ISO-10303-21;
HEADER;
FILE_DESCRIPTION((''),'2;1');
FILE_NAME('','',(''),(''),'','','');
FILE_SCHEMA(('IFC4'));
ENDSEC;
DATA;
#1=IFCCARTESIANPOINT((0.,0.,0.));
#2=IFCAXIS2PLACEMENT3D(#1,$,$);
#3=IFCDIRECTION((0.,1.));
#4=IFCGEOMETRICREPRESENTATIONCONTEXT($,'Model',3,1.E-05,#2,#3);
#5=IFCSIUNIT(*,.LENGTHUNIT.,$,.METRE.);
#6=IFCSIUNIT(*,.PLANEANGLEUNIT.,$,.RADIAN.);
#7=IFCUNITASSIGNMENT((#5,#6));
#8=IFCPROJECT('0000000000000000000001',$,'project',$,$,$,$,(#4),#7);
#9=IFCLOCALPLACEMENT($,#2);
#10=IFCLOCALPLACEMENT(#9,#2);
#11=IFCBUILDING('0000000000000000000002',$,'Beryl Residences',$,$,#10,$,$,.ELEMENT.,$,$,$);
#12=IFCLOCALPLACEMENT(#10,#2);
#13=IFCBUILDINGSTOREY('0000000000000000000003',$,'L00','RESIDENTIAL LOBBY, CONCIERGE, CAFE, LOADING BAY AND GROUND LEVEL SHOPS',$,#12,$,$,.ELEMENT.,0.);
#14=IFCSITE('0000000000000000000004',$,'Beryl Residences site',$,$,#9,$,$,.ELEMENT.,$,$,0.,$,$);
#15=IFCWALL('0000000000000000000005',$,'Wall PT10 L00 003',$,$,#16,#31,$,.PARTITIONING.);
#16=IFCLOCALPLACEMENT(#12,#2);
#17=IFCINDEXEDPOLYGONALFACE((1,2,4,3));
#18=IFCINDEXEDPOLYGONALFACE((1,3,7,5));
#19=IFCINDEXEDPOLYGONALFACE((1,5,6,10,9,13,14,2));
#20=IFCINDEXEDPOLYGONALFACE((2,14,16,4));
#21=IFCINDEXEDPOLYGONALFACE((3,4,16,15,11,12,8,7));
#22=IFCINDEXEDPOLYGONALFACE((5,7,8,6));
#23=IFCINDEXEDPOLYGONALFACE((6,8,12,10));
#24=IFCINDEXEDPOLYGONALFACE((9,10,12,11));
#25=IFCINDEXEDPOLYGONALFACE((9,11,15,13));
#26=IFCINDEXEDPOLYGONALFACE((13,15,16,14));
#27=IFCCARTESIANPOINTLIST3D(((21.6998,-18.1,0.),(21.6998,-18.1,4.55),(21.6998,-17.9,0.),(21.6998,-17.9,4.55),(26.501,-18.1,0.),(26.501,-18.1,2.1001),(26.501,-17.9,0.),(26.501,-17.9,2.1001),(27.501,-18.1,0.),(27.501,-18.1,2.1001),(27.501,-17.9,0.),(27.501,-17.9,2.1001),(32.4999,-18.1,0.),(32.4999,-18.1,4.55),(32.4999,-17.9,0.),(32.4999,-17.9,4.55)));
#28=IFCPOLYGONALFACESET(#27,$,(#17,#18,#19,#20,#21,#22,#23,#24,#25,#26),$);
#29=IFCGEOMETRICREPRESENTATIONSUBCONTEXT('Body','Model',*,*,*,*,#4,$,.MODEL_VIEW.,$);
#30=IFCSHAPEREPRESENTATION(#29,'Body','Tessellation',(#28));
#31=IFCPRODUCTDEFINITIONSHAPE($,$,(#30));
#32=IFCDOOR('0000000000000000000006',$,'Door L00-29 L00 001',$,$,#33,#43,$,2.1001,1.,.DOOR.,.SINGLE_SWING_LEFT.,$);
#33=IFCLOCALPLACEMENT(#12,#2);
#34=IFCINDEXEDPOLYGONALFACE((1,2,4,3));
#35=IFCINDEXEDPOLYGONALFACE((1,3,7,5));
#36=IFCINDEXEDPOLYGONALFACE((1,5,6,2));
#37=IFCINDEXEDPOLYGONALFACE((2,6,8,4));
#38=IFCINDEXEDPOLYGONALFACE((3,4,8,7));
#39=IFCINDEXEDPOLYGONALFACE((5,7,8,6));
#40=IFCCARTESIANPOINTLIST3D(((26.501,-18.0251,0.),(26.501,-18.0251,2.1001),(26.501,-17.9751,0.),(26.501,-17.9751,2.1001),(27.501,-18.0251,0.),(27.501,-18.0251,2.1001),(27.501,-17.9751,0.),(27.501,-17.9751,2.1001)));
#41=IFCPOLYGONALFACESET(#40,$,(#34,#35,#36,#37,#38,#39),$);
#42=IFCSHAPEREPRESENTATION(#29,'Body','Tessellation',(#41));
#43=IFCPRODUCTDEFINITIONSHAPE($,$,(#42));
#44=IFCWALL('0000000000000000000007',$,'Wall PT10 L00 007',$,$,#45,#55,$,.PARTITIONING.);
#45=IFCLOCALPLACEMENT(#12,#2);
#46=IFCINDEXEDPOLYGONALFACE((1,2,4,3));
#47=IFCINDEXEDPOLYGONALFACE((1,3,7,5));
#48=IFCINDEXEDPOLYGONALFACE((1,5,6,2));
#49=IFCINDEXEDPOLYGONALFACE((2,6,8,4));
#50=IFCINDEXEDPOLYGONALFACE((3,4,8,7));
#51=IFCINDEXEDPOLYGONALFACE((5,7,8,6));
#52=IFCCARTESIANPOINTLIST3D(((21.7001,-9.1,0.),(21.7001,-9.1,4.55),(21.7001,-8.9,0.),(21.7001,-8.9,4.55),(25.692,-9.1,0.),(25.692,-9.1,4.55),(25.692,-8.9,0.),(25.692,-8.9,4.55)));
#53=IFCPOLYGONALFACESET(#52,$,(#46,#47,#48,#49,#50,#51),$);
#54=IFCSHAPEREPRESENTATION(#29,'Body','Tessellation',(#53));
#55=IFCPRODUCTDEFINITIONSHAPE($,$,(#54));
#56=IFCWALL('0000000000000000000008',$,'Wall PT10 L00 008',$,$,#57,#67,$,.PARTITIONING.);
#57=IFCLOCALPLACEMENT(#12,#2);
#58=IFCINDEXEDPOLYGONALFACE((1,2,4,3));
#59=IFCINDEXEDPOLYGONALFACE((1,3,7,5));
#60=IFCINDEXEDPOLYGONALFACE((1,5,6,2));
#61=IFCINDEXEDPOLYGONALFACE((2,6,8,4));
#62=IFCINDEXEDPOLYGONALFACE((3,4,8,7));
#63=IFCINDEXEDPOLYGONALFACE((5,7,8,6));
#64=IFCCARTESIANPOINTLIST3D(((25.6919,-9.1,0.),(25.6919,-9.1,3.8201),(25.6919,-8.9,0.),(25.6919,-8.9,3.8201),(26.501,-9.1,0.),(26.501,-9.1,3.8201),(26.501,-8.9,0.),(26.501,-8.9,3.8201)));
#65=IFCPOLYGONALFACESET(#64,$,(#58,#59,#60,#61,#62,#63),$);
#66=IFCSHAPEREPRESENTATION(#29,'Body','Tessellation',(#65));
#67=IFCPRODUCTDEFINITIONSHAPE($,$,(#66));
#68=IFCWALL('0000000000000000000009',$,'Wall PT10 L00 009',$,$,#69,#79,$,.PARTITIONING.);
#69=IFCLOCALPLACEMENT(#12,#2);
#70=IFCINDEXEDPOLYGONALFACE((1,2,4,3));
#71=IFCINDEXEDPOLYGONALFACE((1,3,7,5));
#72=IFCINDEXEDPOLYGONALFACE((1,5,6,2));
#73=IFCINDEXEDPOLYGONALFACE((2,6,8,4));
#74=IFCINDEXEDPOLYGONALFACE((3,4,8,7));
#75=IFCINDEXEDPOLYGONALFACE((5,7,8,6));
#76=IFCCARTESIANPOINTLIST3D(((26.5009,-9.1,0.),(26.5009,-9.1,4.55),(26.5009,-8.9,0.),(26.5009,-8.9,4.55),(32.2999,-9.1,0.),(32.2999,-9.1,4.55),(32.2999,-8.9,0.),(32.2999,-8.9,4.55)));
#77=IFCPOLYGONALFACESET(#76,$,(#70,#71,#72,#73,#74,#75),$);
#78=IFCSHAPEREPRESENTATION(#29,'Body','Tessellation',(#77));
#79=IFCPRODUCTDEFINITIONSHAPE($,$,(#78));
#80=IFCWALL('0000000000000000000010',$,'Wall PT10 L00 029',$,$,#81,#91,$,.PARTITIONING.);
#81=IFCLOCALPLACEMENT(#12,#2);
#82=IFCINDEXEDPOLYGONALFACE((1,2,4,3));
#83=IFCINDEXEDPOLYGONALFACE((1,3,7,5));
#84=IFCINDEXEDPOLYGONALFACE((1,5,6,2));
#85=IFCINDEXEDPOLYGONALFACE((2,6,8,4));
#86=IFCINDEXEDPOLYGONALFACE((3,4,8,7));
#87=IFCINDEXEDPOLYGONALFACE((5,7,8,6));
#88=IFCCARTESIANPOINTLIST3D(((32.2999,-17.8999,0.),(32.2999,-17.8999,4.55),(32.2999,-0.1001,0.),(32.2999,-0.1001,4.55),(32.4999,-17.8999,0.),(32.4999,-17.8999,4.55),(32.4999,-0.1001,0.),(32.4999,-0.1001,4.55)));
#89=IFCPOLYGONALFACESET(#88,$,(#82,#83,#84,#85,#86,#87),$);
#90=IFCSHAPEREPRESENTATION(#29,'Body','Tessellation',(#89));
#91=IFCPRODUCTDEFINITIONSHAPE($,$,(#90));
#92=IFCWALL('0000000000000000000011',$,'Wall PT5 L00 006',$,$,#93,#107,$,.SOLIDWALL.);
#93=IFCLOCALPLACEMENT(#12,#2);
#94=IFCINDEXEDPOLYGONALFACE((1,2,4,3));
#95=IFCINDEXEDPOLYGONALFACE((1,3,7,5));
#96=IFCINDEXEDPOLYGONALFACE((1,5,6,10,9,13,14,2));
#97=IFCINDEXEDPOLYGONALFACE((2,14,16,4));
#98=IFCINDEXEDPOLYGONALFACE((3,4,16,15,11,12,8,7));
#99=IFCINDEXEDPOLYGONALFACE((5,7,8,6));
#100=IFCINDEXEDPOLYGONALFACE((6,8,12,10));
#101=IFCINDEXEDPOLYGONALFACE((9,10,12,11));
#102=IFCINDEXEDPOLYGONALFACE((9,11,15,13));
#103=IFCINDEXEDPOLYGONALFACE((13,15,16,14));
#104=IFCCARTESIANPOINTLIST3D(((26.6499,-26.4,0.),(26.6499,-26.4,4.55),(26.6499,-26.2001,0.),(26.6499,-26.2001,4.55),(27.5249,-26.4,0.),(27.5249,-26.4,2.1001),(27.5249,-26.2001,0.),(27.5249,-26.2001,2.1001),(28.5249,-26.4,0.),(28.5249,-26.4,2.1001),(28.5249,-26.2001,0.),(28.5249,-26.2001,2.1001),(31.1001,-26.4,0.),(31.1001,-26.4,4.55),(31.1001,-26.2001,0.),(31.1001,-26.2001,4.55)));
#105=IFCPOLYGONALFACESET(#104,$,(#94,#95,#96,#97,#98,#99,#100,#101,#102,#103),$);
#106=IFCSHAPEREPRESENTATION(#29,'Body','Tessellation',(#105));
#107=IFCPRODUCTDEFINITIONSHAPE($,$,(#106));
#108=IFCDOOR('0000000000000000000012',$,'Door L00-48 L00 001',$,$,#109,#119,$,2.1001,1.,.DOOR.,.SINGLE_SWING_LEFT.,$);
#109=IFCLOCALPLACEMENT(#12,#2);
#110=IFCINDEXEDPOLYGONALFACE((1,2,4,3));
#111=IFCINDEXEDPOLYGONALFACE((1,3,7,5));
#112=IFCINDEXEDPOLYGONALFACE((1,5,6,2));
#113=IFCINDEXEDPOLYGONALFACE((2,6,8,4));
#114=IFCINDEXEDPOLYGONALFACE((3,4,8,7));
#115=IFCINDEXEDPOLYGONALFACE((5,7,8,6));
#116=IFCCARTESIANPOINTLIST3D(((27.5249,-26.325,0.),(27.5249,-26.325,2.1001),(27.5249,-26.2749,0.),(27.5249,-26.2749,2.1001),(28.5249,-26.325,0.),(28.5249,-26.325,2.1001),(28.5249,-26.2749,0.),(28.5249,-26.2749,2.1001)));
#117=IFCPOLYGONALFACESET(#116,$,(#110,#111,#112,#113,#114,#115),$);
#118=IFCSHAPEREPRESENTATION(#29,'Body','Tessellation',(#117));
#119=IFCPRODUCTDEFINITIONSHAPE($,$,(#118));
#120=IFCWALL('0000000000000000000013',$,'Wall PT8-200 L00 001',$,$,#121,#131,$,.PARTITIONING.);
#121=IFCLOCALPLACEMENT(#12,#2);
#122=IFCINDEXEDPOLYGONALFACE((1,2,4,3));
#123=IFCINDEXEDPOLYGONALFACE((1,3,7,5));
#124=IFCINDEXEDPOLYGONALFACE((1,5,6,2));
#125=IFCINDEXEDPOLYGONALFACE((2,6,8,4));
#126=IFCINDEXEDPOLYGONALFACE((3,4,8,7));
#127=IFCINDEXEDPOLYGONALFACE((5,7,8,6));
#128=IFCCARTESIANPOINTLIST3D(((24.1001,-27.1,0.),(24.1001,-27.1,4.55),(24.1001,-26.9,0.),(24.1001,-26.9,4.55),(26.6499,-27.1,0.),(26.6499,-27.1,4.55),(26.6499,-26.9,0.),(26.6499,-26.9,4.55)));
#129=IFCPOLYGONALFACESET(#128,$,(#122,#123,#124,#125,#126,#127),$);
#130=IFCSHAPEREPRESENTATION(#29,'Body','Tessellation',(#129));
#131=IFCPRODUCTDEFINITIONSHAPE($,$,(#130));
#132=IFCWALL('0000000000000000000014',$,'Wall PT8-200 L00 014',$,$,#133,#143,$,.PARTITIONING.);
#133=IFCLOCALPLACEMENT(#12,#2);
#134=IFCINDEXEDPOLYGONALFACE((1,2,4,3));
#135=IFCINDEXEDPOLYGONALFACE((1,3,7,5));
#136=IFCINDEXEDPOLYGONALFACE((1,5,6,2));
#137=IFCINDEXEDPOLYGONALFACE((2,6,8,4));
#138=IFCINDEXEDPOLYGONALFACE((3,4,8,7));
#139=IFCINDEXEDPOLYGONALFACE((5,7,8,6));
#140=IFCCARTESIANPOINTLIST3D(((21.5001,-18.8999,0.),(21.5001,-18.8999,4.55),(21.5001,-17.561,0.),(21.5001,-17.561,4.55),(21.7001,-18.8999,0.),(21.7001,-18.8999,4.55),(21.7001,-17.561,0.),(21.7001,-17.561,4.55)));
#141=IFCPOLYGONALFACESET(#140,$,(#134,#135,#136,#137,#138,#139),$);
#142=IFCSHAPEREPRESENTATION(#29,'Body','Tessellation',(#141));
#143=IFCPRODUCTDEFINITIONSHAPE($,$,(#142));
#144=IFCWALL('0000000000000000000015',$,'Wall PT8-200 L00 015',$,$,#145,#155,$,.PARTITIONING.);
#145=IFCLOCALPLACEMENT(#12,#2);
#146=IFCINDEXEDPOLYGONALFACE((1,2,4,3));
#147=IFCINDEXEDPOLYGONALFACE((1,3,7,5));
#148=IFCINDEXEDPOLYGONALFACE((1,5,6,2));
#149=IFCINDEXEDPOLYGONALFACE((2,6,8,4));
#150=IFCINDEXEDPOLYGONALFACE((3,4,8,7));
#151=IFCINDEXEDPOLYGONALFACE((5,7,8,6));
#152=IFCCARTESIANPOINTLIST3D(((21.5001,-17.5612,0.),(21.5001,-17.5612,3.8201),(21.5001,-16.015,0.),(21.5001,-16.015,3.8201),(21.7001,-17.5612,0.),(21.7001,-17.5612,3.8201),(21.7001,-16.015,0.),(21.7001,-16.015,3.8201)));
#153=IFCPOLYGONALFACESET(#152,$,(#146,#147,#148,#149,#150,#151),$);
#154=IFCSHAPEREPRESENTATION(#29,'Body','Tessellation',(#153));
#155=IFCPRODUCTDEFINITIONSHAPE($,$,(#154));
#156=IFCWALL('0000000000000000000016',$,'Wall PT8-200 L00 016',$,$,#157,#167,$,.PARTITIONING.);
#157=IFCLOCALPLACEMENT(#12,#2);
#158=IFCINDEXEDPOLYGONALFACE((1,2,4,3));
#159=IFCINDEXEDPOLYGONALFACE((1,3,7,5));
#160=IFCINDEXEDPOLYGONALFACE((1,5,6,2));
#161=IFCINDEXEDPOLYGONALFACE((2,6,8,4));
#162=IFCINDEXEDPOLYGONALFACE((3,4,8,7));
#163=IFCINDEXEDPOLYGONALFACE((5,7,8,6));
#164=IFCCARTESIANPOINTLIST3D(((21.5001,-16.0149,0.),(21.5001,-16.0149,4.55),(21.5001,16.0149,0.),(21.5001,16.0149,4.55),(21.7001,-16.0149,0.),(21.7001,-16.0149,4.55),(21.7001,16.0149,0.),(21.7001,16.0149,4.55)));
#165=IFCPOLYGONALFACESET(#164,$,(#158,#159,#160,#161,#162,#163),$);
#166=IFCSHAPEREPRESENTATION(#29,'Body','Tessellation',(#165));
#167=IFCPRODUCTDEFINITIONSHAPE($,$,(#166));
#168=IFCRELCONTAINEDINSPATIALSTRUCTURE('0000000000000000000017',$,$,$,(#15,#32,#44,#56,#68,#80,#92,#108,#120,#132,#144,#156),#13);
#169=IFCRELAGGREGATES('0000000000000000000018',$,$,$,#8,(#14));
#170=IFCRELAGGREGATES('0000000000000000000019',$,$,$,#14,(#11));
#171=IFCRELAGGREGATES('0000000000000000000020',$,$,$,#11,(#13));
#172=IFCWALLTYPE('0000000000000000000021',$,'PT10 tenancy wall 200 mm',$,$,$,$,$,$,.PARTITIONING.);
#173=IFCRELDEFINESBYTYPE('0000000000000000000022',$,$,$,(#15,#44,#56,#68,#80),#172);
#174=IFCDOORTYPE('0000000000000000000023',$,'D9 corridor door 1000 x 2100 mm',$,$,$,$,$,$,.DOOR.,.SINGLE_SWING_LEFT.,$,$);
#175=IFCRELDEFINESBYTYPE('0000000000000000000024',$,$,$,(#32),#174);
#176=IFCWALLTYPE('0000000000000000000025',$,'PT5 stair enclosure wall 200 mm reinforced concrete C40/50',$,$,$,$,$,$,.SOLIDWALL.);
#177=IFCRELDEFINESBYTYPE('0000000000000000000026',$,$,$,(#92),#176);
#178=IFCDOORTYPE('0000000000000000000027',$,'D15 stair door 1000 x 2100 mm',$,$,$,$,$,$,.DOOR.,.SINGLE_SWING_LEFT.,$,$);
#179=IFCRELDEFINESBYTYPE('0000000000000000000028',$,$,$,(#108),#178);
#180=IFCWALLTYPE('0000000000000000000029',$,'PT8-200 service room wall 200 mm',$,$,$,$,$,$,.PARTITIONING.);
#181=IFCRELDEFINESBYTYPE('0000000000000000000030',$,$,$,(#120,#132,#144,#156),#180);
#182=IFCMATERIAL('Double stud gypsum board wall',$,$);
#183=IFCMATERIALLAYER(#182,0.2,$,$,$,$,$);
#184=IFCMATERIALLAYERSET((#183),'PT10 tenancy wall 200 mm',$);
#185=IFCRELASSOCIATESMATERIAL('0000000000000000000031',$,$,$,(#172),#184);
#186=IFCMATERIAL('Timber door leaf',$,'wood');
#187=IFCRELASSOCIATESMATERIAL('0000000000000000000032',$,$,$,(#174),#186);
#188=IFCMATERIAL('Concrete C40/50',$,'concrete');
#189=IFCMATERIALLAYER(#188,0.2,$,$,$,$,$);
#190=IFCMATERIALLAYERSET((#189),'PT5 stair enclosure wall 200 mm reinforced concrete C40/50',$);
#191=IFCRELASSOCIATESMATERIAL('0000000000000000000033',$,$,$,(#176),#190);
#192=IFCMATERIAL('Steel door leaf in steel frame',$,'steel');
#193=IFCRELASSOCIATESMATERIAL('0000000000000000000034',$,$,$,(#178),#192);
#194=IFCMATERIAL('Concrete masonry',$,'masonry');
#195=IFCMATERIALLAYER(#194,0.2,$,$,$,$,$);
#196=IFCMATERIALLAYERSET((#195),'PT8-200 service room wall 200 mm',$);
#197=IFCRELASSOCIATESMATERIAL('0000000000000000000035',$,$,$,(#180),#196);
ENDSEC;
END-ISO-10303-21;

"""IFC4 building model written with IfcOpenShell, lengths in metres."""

from ifc_helpers import new_model, si_unit, direction, frame, frame_2d, origin, place, context, subcontext, project, spatial, rectangle, extrude, material, layer, layer_set, type_object, element, fill, save


model = new_model("IFC4")

# Units and contexts
model_context = context("Model", 3, precision=1e-05, world=origin(), true_north=direction((0.0, 1.0)))
body_context = subcontext(model_context, "Body", "Model", "MODEL_VIEW")
ifc_project = project(units=[si_unit("LENGTHUNIT", "METRE"), si_unit("PLANEANGLEUNIT", "RADIAN")], contexts=[model_context])

# Site, building, storey
site_placement = place(None, origin())
site = spatial("IfcSite", under=ifc_project, at=site_placement, Name="Beryl Residences site", CompositionType="ELEMENT", RefElevation=0.0)
building_placement = place(site_placement, origin())
building = spatial("IfcBuilding", under=site, at=building_placement, Name="Beryl Residences", CompositionType="ELEMENT")
storey_placement = place(building_placement, origin())
storey = spatial("IfcBuildingStorey", under=building, at=storey_placement, Name="L00", Description="RESIDENTIAL LOBBY, CONCIERGE, CAFE, LOADING BAY AND GROUND LEVEL SHOPS", CompositionType="ELEMENT", Elevation=0.0)

# Wall, opening, door
ifc_material_1 = material(Name="Double stud gypsum board wall")
ifc_layer_1 = layer(ifc_material_1, 0.2)
ifc_layer_set_1 = layer_set([ifc_layer_1], Name="PT10 tenancy wall 200 mm")
wall_type_1 = type_object("IfcWallType", Name="PT10 tenancy wall 200 mm", PredefinedType="PARTITIONING", material=ifc_layer_set_1)
wall_1_placement = place(storey_placement, frame((21.7, -18.0, 0.0), z_axis=(0.0, 0.0, 1.0), x_axis=(1.0, 0.0, 0.0)))
wall_1 = element("IfcWall", 1, at=wall_1_placement, inside=storey, type_object=wall_type_1, Name="Wall PT10 L00 003", PredefinedType="PARTITIONING", context=body_context, shape_type="SweptSolid", body=[
    extrude(rectangle(XDim=10.8, YDim=0.2, at=frame_2d((5.3999, 0.0))), origin(), (0.0, 0.0, 1.0), 4.55),
])
opening_1_placement = place(wall_1_placement, frame((4.801, 0.0, 0.0)))
opening_1 = element("IfcOpeningElement", 2, at=opening_1_placement, cuts=wall_1, PredefinedType="OPENING", context=body_context, shape_type="SweptSolid", body=[
    extrude(rectangle(XDim=1.0, YDim=2.1001, at=frame_2d((0.5, 1.05))), frame((0.0, 0.1099, 0.0), z_axis=(0.0, -1.0, 0.0), x_axis=(1.0, 0.0, 0.0)), (0.0, 0.0, 1.0), 0.22),
])
ifc_material_2 = material(Name="Timber door leaf", Category="wood")
door_type_1 = type_object("IfcDoorType", Name="D9 corridor door 1000 x 2100 mm", OperationType="SINGLE_SWING_LEFT", PredefinedType="DOOR", material=ifc_material_2)
door_1_placement = place(opening_1_placement, origin())
door_1 = element("IfcDoor", 3, at=door_1_placement, inside=storey, type_object=door_type_1, Name="Door L00-29 L00 001", OperationType="SINGLE_SWING_LEFT", OverallHeight=2.1001, OverallWidth=1.0, PredefinedType="DOOR", context=body_context, shape_type="SweptSolid", body=[
    extrude(rectangle(XDim=1.0, YDim=2.1001, at=frame_2d((0.5, 1.05))), frame((0.0, 0.0249, 0.0), z_axis=(0.0, -1.0, 0.0), x_axis=(1.0, 0.0, 0.0)), (0.0, 0.0, 1.0), 0.05),
])
fill(opening_1, door_1)

# Walls
wall_2_placement = place(storey_placement, frame((21.7, -9.0, 0.0), z_axis=(0.0, 0.0, 1.0), x_axis=(1.0, 0.0, 0.0)))
element("IfcWall", 4, at=wall_2_placement, inside=storey, type_object=wall_type_1, Name="Wall PT10 L00 007", PredefinedType="PARTITIONING", context=body_context, shape_type="SweptSolid", body=[
    extrude(rectangle(XDim=3.9919, YDim=0.2, at=frame_2d((1.9961, 0.0))), origin(), (0.0, 0.0, 1.0), 4.55),
])
wall_3_placement = place(storey_placement, frame((25.6919, -9.0, 0.0), z_axis=(0.0, 0.0, 1.0), x_axis=(1.0, 0.0, 0.0)))
element("IfcWall", 5, at=wall_3_placement, inside=storey, type_object=wall_type_1, Name="Wall PT10 L00 008", PredefinedType="PARTITIONING", context=body_context, shape_type="SweptSolid", body=[
    extrude(rectangle(XDim=0.8091, YDim=0.2, at=frame_2d((0.4045, 0.0))), origin(), (0.0, 0.0, 1.0), 3.8201),
])
wall_4_placement = place(storey_placement, frame((26.501, -9.0, 0.0), z_axis=(0.0, 0.0, 1.0), x_axis=(1.0, 0.0, 0.0)))
element("IfcWall", 6, at=wall_4_placement, inside=storey, type_object=wall_type_1, Name="Wall PT10 L00 009", PredefinedType="PARTITIONING", context=body_context, shape_type="SweptSolid", body=[
    extrude(rectangle(XDim=5.7991, YDim=0.2, at=frame_2d((2.8994, 0.0))), origin(), (0.0, 0.0, 1.0), 4.55),
])
wall_5_placement = place(storey_placement, frame((32.3999, -17.8999, 0.0), z_axis=(0.0, 0.0, 1.0), x_axis=(0.0, 1.0, 0.0)))
element("IfcWall", 7, at=wall_5_placement, inside=storey, type_object=wall_type_1, Name="Wall PT10 L00 029", PredefinedType="PARTITIONING", context=body_context, shape_type="SweptSolid", body=[
    extrude(rectangle(XDim=17.7998, YDim=0.2, at=frame_2d((8.8999, 0.0))), origin(), (0.0, 0.0, 1.0), 4.55),
])

# Wall, opening, door
ifc_material_3 = material(Name="Concrete C40/50", Category="concrete")
ifc_layer_2 = layer(ifc_material_3, 0.2)
ifc_layer_set_2 = layer_set([ifc_layer_2], Name="PT5 stair enclosure wall 200 mm reinforced concrete C40/50")
wall_type_2 = type_object("IfcWallType", Name="PT5 stair enclosure wall 200 mm reinforced concrete C40/50", PredefinedType="SOLIDWALL", material=ifc_layer_set_2)
wall_6_placement = place(storey_placement, frame((26.6499, -26.3, 0.0), z_axis=(0.0, 0.0, 1.0), x_axis=(1.0, 0.0, 0.0)))
wall_6 = element("IfcWall", 8, at=wall_6_placement, inside=storey, type_object=wall_type_2, Name="Wall PT5 L00 006", PredefinedType="SOLIDWALL", context=body_context, shape_type="SweptSolid", body=[
    extrude(rectangle(XDim=4.4502, YDim=0.2, at=frame_2d((2.2251, 0.0))), origin(), (0.0, 0.0, 1.0), 4.55),
])
opening_2_placement = place(wall_6_placement, frame((1.875, 0.0, 0.0), z_axis=(0.0, 0.0, 1.0), x_axis=(-1.0, 0.0, 0.0)))
opening_2 = element("IfcOpeningElement", 9, at=opening_2_placement, cuts=wall_6, PredefinedType="OPENING", context=body_context, shape_type="SweptSolid", body=[
    extrude(rectangle(XDim=1.0, YDim=2.1001, at=frame_2d((0.5, 1.05))), frame((0.0, 0.1099, 0.0), z_axis=(0.0, -1.0, 0.0), x_axis=(1.0, 0.0, 0.0)), (0.0, 0.0, 1.0), 0.22),
])
ifc_material_4 = material(Name="Steel door leaf in steel frame", Category="steel")
door_type_2 = type_object("IfcDoorType", Name="D15 stair door 1000 x 2100 mm", OperationType="SINGLE_SWING_LEFT", PredefinedType="DOOR", material=ifc_material_4)
door_2_placement = place(opening_2_placement, origin())
door_2 = element("IfcDoor", 10, at=door_2_placement, inside=storey, type_object=door_type_2, Name="Door L00-48 L00 001", OperationType="SINGLE_SWING_LEFT", OverallHeight=2.1001, OverallWidth=1.0, PredefinedType="DOOR", context=body_context, shape_type="SweptSolid", body=[
    extrude(rectangle(XDim=1.0, YDim=2.1001, at=frame_2d((0.5, 1.05))), frame((0.0, 0.0249, 0.0), z_axis=(0.0, -1.0, 0.0), x_axis=(1.0, 0.0, 0.0)), (0.0, 0.0, 1.0), 0.05),
])
fill(opening_2, door_2)

# Walls
ifc_material_5 = material(Name="Concrete masonry", Category="masonry")
ifc_layer_3 = layer(ifc_material_5, 0.2)
ifc_layer_set_3 = layer_set([ifc_layer_3], Name="PT8-200 service room wall 200 mm")
wall_type_3 = type_object("IfcWallType", Name="PT8-200 service room wall 200 mm", PredefinedType="PARTITIONING", material=ifc_layer_set_3)
wall_7_placement = place(storey_placement, frame((24.1001, -27.0, 0.0), z_axis=(0.0, 0.0, 1.0), x_axis=(1.0, 0.0, 0.0)))
element("IfcWall", 11, at=wall_7_placement, inside=storey, type_object=wall_type_3, Name="Wall PT8-200 L00 001", PredefinedType="PARTITIONING", context=body_context, shape_type="SweptSolid", body=[
    extrude(rectangle(XDim=2.5498, YDim=0.2, at=frame_2d((1.2749, 0.0))), origin(), (0.0, 0.0, 1.0), 4.55),
])
wall_8_placement = place(storey_placement, frame((21.6001, -18.8999, 0.0), z_axis=(0.0, 0.0, 1.0), x_axis=(0.0, 1.0, 0.0)))
element("IfcWall", 12, at=wall_8_placement, inside=storey, type_object=wall_type_3, Name="Wall PT8-200 L00 014", PredefinedType="PARTITIONING", context=body_context, shape_type="SweptSolid", body=[
    extrude(rectangle(XDim=1.3389, YDim=0.2, at=frame_2d((0.6694, 0.0))), origin(), (0.0, 0.0, 1.0), 4.55),
])
wall_9_placement = place(storey_placement, frame((21.6001, -17.561, 0.0), z_axis=(0.0, 0.0, 1.0), x_axis=(0.0, 1.0, 0.0)))
element("IfcWall", 13, at=wall_9_placement, inside=storey, type_object=wall_type_3, Name="Wall PT8-200 L00 015", PredefinedType="PARTITIONING", context=body_context, shape_type="SweptSolid", body=[
    extrude(rectangle(XDim=1.5461, YDim=0.2, at=frame_2d((0.7729, 0.0))), origin(), (0.0, 0.0, 1.0), 3.8201),
])
wall_10_placement = place(storey_placement, frame((21.6001, -16.0149, 0.0), z_axis=(0.0, 0.0, 1.0), x_axis=(0.0, 1.0, 0.0)))
element("IfcWall", 14, at=wall_10_placement, inside=storey, type_object=wall_type_3, Name="Wall PT8-200 L00 016", PredefinedType="PARTITIONING", context=body_context, shape_type="SweptSolid", body=[
    extrude(rectangle(XDim=32.0298, YDim=0.2, at=frame_2d((16.0149, 0.0))), origin(), (0.0, 0.0, 1.0), 4.55),
])

save(model, "model.ifc")
